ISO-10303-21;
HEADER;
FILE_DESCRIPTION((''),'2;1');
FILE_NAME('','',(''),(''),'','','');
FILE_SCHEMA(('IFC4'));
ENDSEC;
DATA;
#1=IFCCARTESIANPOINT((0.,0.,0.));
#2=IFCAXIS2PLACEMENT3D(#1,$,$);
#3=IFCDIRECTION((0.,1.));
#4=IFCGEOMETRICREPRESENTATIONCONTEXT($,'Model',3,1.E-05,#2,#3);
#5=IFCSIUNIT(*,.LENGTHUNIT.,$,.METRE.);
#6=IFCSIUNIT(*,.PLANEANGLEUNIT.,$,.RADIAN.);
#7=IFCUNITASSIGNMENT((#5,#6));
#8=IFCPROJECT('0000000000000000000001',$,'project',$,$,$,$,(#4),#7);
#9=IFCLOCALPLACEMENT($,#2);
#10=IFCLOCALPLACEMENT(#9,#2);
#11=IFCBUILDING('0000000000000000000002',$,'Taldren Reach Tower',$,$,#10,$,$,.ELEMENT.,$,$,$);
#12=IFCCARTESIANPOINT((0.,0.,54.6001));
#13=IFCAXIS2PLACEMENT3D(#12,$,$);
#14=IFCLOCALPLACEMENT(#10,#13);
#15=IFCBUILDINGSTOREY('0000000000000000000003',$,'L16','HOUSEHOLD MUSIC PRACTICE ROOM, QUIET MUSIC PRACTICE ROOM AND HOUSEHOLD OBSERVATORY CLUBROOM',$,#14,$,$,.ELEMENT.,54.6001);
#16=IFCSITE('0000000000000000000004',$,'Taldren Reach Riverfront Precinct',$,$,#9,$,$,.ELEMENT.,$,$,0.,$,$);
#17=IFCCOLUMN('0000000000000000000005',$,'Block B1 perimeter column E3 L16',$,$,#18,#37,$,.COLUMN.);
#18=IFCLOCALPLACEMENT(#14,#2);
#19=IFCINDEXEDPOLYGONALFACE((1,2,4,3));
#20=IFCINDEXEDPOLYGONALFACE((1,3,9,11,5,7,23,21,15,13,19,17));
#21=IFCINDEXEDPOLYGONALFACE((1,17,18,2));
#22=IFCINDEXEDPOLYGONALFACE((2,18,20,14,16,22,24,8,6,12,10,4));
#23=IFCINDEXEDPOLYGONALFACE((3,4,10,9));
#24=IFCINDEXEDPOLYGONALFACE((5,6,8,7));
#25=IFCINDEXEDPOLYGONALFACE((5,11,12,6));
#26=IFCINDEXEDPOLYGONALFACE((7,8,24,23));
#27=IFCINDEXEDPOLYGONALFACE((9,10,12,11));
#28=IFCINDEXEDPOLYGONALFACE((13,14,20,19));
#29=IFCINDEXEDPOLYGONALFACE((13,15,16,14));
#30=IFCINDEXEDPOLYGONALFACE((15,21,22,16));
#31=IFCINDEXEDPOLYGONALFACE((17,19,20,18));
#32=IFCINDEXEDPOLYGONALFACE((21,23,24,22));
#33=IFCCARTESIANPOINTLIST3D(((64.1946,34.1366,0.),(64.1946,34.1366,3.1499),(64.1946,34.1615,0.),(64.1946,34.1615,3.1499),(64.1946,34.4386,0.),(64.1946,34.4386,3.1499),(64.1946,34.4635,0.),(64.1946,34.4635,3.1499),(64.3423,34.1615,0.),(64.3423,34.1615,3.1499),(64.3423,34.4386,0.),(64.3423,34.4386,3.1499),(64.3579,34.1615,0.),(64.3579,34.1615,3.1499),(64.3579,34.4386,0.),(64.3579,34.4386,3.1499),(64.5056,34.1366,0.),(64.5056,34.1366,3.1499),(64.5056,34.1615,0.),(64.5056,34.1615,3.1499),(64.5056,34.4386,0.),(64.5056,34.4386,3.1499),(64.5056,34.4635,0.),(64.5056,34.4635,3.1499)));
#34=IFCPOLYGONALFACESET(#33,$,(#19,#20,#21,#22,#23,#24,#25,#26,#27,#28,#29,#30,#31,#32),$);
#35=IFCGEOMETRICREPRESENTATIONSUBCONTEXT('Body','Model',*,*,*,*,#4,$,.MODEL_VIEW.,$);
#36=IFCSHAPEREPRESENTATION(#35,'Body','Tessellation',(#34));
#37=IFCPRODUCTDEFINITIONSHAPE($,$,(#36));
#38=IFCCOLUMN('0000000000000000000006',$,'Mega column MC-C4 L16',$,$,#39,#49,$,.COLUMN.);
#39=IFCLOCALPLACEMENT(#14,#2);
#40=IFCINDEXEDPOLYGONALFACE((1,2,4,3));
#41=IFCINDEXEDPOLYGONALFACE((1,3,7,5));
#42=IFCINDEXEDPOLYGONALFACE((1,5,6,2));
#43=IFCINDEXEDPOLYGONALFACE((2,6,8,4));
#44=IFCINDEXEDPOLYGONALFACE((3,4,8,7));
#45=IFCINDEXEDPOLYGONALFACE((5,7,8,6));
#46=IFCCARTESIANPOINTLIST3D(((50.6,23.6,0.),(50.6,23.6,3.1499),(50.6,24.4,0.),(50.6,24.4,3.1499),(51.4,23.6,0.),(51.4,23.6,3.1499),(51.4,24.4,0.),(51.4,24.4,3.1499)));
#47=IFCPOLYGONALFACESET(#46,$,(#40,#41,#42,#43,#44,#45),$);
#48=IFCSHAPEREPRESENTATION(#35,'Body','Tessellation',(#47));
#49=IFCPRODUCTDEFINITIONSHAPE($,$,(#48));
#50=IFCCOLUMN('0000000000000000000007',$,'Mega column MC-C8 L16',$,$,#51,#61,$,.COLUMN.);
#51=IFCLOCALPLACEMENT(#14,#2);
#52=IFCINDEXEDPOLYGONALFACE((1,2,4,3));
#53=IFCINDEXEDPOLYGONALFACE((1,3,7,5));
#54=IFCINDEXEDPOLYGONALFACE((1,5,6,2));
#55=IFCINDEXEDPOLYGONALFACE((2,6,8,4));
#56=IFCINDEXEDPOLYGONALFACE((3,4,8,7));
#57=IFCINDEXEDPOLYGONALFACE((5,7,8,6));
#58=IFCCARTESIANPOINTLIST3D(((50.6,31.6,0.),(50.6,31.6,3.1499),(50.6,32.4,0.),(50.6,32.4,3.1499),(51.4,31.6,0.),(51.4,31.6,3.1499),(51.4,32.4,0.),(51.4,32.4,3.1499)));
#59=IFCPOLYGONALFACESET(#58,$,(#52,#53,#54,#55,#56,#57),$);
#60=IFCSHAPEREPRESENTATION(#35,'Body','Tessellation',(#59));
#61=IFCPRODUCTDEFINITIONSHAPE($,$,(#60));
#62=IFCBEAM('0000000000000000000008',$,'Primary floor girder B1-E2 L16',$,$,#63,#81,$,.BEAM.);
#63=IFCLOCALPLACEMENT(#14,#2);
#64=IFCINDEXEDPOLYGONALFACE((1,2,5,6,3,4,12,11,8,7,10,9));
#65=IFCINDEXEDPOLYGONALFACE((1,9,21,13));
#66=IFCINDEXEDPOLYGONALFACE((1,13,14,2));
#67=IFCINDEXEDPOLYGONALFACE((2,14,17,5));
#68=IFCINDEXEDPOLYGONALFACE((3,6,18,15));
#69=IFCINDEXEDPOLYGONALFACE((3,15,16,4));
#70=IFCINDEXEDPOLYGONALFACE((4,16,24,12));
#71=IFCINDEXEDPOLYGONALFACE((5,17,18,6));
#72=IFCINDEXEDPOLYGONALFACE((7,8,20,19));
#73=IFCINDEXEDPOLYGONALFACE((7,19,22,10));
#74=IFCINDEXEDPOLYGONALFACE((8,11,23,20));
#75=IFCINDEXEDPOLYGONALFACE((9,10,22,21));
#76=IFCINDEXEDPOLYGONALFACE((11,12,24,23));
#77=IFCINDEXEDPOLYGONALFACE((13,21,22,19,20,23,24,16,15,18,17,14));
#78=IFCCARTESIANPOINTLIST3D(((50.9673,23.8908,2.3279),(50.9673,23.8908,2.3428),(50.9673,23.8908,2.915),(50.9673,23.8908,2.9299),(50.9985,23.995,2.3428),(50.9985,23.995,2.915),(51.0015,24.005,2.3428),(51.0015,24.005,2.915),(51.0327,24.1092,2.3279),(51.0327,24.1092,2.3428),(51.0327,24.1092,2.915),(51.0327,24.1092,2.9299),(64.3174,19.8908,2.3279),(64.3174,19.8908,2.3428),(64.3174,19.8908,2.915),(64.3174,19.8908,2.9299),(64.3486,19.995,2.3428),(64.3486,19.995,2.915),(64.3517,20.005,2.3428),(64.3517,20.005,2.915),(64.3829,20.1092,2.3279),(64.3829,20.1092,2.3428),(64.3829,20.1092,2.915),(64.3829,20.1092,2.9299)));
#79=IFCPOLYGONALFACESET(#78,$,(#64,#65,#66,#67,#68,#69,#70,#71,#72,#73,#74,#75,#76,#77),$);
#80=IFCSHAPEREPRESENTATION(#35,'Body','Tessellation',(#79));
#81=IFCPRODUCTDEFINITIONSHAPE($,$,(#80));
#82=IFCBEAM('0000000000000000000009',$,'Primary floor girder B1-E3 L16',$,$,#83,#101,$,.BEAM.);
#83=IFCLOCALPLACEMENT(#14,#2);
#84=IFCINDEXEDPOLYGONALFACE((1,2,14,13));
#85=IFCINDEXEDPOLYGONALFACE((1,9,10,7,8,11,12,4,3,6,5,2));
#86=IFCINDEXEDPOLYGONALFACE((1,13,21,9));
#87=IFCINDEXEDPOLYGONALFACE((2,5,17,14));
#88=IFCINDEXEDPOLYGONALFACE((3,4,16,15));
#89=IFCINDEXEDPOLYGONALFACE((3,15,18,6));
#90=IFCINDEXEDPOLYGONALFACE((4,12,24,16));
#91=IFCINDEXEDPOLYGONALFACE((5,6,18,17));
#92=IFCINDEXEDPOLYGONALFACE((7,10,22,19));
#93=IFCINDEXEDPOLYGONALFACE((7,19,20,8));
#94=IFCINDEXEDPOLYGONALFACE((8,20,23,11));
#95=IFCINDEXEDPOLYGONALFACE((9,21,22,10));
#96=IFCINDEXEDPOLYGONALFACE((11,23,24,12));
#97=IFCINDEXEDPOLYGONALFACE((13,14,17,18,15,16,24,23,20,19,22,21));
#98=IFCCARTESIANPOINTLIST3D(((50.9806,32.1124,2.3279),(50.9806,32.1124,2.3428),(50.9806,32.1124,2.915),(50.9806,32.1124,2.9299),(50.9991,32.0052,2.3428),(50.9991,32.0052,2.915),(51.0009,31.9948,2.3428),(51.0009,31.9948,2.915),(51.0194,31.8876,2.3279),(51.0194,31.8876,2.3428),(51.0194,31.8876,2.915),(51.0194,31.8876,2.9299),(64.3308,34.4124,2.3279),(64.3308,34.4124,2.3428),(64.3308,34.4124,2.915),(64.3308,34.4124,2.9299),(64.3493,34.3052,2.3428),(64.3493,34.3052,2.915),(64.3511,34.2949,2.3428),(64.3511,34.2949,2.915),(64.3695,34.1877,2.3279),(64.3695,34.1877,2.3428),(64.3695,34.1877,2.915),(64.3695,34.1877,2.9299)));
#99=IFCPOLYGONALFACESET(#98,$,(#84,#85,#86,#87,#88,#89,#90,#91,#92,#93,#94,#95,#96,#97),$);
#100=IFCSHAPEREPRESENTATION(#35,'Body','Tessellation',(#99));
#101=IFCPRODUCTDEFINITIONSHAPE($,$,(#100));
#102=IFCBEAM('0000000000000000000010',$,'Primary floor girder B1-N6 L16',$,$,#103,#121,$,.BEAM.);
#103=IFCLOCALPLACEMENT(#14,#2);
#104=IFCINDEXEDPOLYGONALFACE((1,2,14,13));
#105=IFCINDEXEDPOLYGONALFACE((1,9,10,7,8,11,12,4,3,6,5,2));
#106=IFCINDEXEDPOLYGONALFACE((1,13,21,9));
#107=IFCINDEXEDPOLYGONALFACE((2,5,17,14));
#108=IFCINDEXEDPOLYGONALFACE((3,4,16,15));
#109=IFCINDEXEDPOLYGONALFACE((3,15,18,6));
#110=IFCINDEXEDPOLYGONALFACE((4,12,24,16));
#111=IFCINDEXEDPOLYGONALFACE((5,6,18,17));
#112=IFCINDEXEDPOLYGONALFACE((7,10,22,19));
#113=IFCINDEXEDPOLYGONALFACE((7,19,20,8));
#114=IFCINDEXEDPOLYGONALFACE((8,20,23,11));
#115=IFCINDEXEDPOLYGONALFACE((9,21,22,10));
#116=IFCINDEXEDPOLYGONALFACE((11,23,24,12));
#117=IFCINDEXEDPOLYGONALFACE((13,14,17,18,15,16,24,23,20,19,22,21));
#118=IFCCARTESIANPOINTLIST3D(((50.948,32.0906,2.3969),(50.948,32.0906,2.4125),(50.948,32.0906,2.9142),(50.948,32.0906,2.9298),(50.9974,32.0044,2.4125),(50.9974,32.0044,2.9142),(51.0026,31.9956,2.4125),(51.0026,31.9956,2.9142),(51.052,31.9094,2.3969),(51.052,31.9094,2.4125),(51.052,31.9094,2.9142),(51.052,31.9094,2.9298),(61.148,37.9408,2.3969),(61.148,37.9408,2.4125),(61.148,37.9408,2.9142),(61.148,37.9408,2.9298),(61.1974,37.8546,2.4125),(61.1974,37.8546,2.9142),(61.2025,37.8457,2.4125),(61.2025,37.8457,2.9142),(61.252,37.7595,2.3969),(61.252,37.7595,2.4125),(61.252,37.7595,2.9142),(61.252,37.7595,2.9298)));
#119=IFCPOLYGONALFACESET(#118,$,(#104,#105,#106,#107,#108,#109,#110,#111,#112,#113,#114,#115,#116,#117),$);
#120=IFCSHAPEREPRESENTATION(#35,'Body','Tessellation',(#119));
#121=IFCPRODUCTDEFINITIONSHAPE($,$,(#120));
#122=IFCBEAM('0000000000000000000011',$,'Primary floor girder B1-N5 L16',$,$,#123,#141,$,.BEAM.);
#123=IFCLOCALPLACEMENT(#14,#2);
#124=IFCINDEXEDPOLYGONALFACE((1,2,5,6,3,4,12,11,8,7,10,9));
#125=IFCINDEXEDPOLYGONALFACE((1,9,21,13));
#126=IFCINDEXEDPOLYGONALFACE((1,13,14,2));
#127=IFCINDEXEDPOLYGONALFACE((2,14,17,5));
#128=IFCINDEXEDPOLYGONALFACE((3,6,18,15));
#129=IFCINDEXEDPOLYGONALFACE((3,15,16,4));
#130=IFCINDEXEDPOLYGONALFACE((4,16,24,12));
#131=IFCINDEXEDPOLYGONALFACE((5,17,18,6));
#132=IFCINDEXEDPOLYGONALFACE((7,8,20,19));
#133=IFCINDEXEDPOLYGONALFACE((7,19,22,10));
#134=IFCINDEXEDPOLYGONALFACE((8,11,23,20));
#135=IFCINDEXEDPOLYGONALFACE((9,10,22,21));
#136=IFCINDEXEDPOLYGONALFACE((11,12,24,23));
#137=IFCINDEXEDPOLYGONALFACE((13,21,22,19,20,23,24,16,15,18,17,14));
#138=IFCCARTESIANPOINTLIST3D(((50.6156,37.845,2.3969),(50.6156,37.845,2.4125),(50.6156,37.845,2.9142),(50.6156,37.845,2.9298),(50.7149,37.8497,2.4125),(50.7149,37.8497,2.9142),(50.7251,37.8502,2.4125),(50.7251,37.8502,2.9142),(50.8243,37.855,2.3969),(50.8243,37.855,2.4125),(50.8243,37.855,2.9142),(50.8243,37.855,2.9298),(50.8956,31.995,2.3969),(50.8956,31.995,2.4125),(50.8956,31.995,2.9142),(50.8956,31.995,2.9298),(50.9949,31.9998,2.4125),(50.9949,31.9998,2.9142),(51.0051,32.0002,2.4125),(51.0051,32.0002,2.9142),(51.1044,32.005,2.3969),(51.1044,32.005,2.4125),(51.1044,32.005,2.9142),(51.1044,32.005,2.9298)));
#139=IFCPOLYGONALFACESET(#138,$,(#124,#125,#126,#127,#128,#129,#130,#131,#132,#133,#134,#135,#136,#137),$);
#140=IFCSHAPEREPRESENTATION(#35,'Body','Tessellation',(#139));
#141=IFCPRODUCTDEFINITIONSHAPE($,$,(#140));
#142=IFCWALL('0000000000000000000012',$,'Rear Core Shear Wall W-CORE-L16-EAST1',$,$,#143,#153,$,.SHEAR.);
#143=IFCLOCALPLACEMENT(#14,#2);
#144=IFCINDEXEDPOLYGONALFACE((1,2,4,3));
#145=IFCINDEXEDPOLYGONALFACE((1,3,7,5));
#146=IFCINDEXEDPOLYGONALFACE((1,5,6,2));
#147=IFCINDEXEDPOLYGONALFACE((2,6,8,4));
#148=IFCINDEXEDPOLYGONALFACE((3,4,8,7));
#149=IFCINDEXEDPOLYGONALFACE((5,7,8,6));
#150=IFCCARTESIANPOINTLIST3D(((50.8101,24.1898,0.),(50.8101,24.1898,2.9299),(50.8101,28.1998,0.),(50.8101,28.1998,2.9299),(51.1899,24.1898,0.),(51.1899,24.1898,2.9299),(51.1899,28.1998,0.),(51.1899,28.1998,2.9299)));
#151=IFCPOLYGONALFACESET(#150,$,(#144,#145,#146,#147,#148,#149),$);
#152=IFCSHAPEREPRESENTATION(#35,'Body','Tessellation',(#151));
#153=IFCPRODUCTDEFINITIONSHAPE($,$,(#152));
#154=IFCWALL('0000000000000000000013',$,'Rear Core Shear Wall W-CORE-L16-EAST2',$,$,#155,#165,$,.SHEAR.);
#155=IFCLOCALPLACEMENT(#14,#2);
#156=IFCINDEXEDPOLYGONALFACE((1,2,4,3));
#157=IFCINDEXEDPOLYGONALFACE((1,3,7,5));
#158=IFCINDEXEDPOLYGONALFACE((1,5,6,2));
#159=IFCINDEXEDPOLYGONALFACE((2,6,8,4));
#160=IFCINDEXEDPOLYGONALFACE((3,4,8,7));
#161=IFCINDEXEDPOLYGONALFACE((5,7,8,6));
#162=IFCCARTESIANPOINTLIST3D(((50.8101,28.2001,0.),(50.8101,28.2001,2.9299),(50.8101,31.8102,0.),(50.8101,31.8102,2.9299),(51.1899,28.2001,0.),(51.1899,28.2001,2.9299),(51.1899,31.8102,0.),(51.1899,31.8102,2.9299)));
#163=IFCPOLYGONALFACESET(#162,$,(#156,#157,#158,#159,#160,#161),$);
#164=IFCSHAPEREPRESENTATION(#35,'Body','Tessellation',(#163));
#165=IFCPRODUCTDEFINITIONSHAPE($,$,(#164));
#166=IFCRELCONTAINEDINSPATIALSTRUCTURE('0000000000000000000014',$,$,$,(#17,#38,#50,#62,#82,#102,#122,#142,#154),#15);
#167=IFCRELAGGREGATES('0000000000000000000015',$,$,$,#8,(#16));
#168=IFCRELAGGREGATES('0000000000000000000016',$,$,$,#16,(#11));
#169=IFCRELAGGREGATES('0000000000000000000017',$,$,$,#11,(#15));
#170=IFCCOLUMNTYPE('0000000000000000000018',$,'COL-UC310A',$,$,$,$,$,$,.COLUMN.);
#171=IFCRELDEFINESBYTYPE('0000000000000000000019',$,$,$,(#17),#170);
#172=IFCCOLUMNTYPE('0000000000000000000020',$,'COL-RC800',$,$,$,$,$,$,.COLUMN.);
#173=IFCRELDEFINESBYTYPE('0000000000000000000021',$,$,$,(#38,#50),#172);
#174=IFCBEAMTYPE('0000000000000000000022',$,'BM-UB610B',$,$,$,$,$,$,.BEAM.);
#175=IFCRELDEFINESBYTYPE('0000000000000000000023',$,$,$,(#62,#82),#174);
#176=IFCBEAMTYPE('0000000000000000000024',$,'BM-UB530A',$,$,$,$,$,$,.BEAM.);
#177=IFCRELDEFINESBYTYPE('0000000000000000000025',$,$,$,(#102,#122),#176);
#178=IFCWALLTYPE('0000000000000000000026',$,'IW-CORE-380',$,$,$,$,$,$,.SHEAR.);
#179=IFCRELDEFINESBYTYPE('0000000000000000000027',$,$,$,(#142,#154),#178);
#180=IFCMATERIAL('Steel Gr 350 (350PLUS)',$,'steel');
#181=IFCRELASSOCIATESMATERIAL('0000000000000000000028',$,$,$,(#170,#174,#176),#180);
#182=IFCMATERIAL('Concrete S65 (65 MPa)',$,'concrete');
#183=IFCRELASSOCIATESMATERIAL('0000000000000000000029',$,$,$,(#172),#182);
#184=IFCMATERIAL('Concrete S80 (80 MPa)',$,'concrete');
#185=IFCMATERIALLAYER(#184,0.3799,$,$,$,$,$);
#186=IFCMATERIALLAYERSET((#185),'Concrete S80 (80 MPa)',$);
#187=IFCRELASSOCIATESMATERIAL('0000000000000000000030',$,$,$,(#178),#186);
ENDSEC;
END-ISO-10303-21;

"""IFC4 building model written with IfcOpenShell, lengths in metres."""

from ifc_helpers import new_model, si_unit, direction, frame, frame_2d, origin, origin_2d, place, context, subcontext, project, spatial, rectangle, i_section, extrude, source, transform, mapped, material, layer, layer_set, material_profile, profile_set, type_object, element, save


model = new_model("IFC4")

# Units and contexts
model_context = context("Model", 3, precision=1e-05, world=origin(), true_north=direction((0.0, 1.0)))
body_context = subcontext(model_context, "Body", "Model", "MODEL_VIEW")
ifc_project = project(units=[si_unit("LENGTHUNIT", "METRE"), si_unit("PLANEANGLEUNIT", "RADIAN")], contexts=[model_context])

# Site, building, storey
site_placement = place(None, origin())
site = spatial("IfcSite", under=ifc_project, at=site_placement, Name="Taldren Reach Riverfront Precinct", CompositionType="ELEMENT", RefElevation=0.0)
building_placement = place(site_placement, origin())
building = spatial("IfcBuilding", under=site, at=building_placement, Name="Taldren Reach Tower", CompositionType="ELEMENT")
storey_placement = place(building_placement, frame((0.0, 0.0, 54.6001)))
storey = spatial("IfcBuildingStorey", under=building, at=storey_placement, Name="L16", Description="HOUSEHOLD MUSIC PRACTICE ROOM, QUIET MUSIC PRACTICE ROOM AND HOUSEHOLD OBSERVATORY CLUBROOM", CompositionType="ELEMENT", Elevation=54.6001)

# Columns
ifc_material_1 = material(Name="Steel Gr 350 (350PLUS)", Category="steel")
ifc_material_profile_1 = material_profile(ifc_material_1, i_section(OverallWidth=0.311, OverallDepth=0.3269, WebThickness=0.0156, FlangeThickness=0.0249, at=origin_2d()), Name="310UC158")
ifc_profile_set_1 = profile_set([ifc_material_profile_1], Name="Steel Gr 350 (350PLUS)")
column_type_1 = type_object("IfcColumnType", Name="COL-UC310A", PredefinedType="COLUMN", material=ifc_profile_set_1)
shared_shape_1 = source(origin(), body_context, "Body", "SweptSolid", [
    extrude(i_section(OverallWidth=0.311, OverallDepth=0.3269, WebThickness=0.0156, FlangeThickness=0.0249, at=origin_2d()), origin(), (0.0, 0.0, 1.0), 3.1499),
])
column_placement = place(storey_placement, frame((64.3501, 34.3, 0.0), z_axis=(0.0, 0.0, 1.0), x_axis=(1.0, 0.0, 0.0)))
element("IfcColumn", 1, at=column_placement, inside=storey, type_object=column_type_1, Name="Block B1 perimeter column E3 L16", PredefinedType="COLUMN", context=body_context, shape_type="MappedRepresentation", body=[
    mapped(shared_shape_1, transform((0.0, 0.0, 0.0), scale=1.0)),
])
ifc_material_2 = material(Name="Concrete S65 (65 MPa)", Category="concrete")
ifc_material_profile_2 = material_profile(ifc_material_2, rectangle(XDim=0.8, YDim=0.8, at=origin_2d()), Name="RC-800x800")
ifc_profile_set_2 = profile_set([ifc_material_profile_2], Name="Concrete S65 (65 MPa)")
column_type_2 = type_object("IfcColumnType", Name="COL-RC800", PredefinedType="COLUMN", material=ifc_profile_set_2)
shared_shape_2 = source(origin(), body_context, "Body", "SweptSolid", [
    extrude(rectangle(XDim=0.8, YDim=0.8, at=origin_2d()), origin(), (0.0, 0.0, 1.0), 3.1499),
])
for number, where, z_axis, x_axis, name in (
    (2, (51.0, 24.0, 0.0), (0.0, 0.0, 1.0), (1.0, 0.0, 0.0), "Mega column MC-C4 L16"),
    (3, (51.0, 32.0, 0.0), (0.0, 0.0, 1.0), (1.0, 0.0, 0.0), "Mega column MC-C8 L16"),
):
    element("IfcColumn", number, at=place(storey_placement, frame(where, z_axis=z_axis, x_axis=x_axis)), inside=storey, type_object=column_type_2, Name=name, PredefinedType="COLUMN", context=body_context, shape_type="MappedRepresentation", body=[
        mapped(shared_shape_2, transform((0.0, 0.0, 0.0), scale=1.0)),
    ])

# Beams
ifc_material_profile_3 = material_profile(ifc_material_1, i_section(OverallWidth=0.228, OverallDepth=0.6021, WebThickness=0.0105, FlangeThickness=0.0149, at=origin_2d()), Name="610UB101")
ifc_profile_set_3 = profile_set([ifc_material_profile_3], Name="Steel Gr 350 (350PLUS)")
beam_type_1 = type_object("IfcBeamType", Name="BM-UB610B", PredefinedType="BEAM", material=ifc_profile_set_3)
shared_shape_3 = source(origin(), body_context, "Body", "SweptSolid", [
    extrude(i_section(OverallWidth=0.228, OverallDepth=0.6021, WebThickness=0.0105, FlangeThickness=0.0149, at=origin_2d()), origin(), (0.0, 0.0, 1.0), 13.9365),
])
beam_1_placement = place(storey_placement, frame((51.0, 24.0, 2.6289), z_axis=(0.957926, -0.287017, 0.0), x_axis=(0.287017, 0.957926, 0.0)))
element("IfcBeam", 4, at=beam_1_placement, inside=storey, type_object=beam_type_1, Name="Primary floor girder B1-E2 L16", PredefinedType="BEAM", context=body_context, shape_type="MappedRepresentation", body=[
    mapped(shared_shape_3, transform((0.0, 0.0, 0.0), scale=1.0)),
])
shared_shape_4 = source(origin(), body_context, "Body", "SweptSolid", [
    extrude(i_section(OverallWidth=0.228, OverallDepth=0.6021, WebThickness=0.0105, FlangeThickness=0.0149, at=origin_2d()), origin(), (0.0, 0.0, 1.0), 13.5469),
])
beam_2_placement = place(storey_placement, frame((51.0, 32.0, 2.6289), z_axis=(0.985481, 0.169786, 0.0), x_axis=(-0.169786, 0.985481, 0.0)))
element("IfcBeam", 5, at=beam_2_placement, inside=storey, type_object=beam_type_1, Name="Primary floor girder B1-E3 L16", PredefinedType="BEAM", context=body_context, shape_type="MappedRepresentation", body=[
    mapped(shared_shape_4, transform((0.0, 0.0, 0.0), scale=1.0)),
])
ifc_material_profile_4 = material_profile(ifc_material_1, i_section(OverallWidth=0.209, OverallDepth=0.533, WebThickness=0.0103, FlangeThickness=0.0156, at=origin_2d()), Name="530UB92.4")
ifc_profile_set_4 = profile_set([ifc_material_profile_4], Name="Steel Gr 350 (350PLUS)")
beam_type_2 = type_object("IfcBeamType", Name="BM-UB530A", PredefinedType="BEAM", material=ifc_profile_set_4)
shared_shape_5 = source(origin(), body_context, "Body", "SweptSolid", [
    extrude(i_section(OverallWidth=0.209, OverallDepth=0.533, WebThickness=0.0103, FlangeThickness=0.0156, at=origin_2d()), origin(), (0.0, 0.0, 1.0), 11.7585),
])
beam_3_placement = place(storey_placement, frame((51.0, 32.0, 2.6633), z_axis=(0.867452, 0.49752, 0.0), x_axis=(-0.49752, 0.867452, 0.0)))
element("IfcBeam", 6, at=beam_3_placement, inside=storey, type_object=beam_type_2, Name="Primary floor girder B1-N6 L16", PredefinedType="BEAM", context=body_context, shape_type="MappedRepresentation", body=[
    mapped(shared_shape_5, transform((0.0, 0.0, 0.0), scale=1.0)),
])
shared_shape_6 = source(origin(), body_context, "Body", "SweptSolid", [
    extrude(i_section(OverallWidth=0.209, OverallDepth=0.533, WebThickness=0.0103, FlangeThickness=0.0156, at=origin_2d()), origin(), (0.0, 0.0, 1.0), 5.8567),
])
beam_4_placement = place(storey_placement, frame((51.0, 32.0, 2.6633), z_axis=(-0.047813, 0.998856, 0.0), x_axis=(-0.998856, -0.047813, 0.0)))
element("IfcBeam", 7, at=beam_4_placement, inside=storey, type_object=beam_type_2, Name="Primary floor girder B1-N5 L16", PredefinedType="BEAM", context=body_context, shape_type="MappedRepresentation", body=[
    mapped(shared_shape_6, transform((0.0, 0.0, 0.0), scale=1.0)),
])

# Walls
ifc_material_3 = material(Name="Concrete S80 (80 MPa)", Category="concrete")
ifc_layer_1 = layer(ifc_material_3, 0.3799)
ifc_layer_set_1 = layer_set([ifc_layer_1], Name="Concrete S80 (80 MPa)")
wall_type_1 = type_object("IfcWallType", Name="IW-CORE-380", PredefinedType="SHEAR", material=ifc_layer_set_1)
shared_shape_7 = source(origin(), body_context, "Body", "SweptSolid", [
    extrude(rectangle(XDim=4.01, YDim=0.3799, at=frame_2d((2.0049, 0.0))), origin(), (0.0, 0.0, 1.0), 2.9299),
])
wall_1_placement = place(storey_placement, frame((51.0, 24.1899, 0.0), z_axis=(0.0, 0.0, 1.0), x_axis=(0.0, 1.0, 0.0)))
element("IfcWall", 8, at=wall_1_placement, inside=storey, type_object=wall_type_1, Name="Rear Core Shear Wall W-CORE-L16-EAST1", PredefinedType="SHEAR", context=body_context, shape_type="MappedRepresentation", body=[
    mapped(shared_shape_7, transform((0.0, 0.0, 0.0), scale=1.0)),
])
shared_shape_8 = source(origin(), body_context, "Body", "SweptSolid", [
    extrude(rectangle(XDim=3.6101, YDim=0.3799, at=frame_2d((1.8052, 0.0))), origin(), (0.0, 0.0, 1.0), 2.9299),
])
wall_2_placement = place(storey_placement, frame((51.0, 28.2, 0.0), z_axis=(0.0, 0.0, 1.0), x_axis=(0.0, 1.0, 0.0)))
element("IfcWall", 9, at=wall_2_placement, inside=storey, type_object=wall_type_1, Name="Rear Core Shear Wall W-CORE-L16-EAST2", PredefinedType="SHEAR", context=body_context, shape_type="MappedRepresentation", body=[
    mapped(shared_shape_8, transform((0.0, 0.0, 0.0), scale=1.0)),
])

save(model, "model.ifc")
